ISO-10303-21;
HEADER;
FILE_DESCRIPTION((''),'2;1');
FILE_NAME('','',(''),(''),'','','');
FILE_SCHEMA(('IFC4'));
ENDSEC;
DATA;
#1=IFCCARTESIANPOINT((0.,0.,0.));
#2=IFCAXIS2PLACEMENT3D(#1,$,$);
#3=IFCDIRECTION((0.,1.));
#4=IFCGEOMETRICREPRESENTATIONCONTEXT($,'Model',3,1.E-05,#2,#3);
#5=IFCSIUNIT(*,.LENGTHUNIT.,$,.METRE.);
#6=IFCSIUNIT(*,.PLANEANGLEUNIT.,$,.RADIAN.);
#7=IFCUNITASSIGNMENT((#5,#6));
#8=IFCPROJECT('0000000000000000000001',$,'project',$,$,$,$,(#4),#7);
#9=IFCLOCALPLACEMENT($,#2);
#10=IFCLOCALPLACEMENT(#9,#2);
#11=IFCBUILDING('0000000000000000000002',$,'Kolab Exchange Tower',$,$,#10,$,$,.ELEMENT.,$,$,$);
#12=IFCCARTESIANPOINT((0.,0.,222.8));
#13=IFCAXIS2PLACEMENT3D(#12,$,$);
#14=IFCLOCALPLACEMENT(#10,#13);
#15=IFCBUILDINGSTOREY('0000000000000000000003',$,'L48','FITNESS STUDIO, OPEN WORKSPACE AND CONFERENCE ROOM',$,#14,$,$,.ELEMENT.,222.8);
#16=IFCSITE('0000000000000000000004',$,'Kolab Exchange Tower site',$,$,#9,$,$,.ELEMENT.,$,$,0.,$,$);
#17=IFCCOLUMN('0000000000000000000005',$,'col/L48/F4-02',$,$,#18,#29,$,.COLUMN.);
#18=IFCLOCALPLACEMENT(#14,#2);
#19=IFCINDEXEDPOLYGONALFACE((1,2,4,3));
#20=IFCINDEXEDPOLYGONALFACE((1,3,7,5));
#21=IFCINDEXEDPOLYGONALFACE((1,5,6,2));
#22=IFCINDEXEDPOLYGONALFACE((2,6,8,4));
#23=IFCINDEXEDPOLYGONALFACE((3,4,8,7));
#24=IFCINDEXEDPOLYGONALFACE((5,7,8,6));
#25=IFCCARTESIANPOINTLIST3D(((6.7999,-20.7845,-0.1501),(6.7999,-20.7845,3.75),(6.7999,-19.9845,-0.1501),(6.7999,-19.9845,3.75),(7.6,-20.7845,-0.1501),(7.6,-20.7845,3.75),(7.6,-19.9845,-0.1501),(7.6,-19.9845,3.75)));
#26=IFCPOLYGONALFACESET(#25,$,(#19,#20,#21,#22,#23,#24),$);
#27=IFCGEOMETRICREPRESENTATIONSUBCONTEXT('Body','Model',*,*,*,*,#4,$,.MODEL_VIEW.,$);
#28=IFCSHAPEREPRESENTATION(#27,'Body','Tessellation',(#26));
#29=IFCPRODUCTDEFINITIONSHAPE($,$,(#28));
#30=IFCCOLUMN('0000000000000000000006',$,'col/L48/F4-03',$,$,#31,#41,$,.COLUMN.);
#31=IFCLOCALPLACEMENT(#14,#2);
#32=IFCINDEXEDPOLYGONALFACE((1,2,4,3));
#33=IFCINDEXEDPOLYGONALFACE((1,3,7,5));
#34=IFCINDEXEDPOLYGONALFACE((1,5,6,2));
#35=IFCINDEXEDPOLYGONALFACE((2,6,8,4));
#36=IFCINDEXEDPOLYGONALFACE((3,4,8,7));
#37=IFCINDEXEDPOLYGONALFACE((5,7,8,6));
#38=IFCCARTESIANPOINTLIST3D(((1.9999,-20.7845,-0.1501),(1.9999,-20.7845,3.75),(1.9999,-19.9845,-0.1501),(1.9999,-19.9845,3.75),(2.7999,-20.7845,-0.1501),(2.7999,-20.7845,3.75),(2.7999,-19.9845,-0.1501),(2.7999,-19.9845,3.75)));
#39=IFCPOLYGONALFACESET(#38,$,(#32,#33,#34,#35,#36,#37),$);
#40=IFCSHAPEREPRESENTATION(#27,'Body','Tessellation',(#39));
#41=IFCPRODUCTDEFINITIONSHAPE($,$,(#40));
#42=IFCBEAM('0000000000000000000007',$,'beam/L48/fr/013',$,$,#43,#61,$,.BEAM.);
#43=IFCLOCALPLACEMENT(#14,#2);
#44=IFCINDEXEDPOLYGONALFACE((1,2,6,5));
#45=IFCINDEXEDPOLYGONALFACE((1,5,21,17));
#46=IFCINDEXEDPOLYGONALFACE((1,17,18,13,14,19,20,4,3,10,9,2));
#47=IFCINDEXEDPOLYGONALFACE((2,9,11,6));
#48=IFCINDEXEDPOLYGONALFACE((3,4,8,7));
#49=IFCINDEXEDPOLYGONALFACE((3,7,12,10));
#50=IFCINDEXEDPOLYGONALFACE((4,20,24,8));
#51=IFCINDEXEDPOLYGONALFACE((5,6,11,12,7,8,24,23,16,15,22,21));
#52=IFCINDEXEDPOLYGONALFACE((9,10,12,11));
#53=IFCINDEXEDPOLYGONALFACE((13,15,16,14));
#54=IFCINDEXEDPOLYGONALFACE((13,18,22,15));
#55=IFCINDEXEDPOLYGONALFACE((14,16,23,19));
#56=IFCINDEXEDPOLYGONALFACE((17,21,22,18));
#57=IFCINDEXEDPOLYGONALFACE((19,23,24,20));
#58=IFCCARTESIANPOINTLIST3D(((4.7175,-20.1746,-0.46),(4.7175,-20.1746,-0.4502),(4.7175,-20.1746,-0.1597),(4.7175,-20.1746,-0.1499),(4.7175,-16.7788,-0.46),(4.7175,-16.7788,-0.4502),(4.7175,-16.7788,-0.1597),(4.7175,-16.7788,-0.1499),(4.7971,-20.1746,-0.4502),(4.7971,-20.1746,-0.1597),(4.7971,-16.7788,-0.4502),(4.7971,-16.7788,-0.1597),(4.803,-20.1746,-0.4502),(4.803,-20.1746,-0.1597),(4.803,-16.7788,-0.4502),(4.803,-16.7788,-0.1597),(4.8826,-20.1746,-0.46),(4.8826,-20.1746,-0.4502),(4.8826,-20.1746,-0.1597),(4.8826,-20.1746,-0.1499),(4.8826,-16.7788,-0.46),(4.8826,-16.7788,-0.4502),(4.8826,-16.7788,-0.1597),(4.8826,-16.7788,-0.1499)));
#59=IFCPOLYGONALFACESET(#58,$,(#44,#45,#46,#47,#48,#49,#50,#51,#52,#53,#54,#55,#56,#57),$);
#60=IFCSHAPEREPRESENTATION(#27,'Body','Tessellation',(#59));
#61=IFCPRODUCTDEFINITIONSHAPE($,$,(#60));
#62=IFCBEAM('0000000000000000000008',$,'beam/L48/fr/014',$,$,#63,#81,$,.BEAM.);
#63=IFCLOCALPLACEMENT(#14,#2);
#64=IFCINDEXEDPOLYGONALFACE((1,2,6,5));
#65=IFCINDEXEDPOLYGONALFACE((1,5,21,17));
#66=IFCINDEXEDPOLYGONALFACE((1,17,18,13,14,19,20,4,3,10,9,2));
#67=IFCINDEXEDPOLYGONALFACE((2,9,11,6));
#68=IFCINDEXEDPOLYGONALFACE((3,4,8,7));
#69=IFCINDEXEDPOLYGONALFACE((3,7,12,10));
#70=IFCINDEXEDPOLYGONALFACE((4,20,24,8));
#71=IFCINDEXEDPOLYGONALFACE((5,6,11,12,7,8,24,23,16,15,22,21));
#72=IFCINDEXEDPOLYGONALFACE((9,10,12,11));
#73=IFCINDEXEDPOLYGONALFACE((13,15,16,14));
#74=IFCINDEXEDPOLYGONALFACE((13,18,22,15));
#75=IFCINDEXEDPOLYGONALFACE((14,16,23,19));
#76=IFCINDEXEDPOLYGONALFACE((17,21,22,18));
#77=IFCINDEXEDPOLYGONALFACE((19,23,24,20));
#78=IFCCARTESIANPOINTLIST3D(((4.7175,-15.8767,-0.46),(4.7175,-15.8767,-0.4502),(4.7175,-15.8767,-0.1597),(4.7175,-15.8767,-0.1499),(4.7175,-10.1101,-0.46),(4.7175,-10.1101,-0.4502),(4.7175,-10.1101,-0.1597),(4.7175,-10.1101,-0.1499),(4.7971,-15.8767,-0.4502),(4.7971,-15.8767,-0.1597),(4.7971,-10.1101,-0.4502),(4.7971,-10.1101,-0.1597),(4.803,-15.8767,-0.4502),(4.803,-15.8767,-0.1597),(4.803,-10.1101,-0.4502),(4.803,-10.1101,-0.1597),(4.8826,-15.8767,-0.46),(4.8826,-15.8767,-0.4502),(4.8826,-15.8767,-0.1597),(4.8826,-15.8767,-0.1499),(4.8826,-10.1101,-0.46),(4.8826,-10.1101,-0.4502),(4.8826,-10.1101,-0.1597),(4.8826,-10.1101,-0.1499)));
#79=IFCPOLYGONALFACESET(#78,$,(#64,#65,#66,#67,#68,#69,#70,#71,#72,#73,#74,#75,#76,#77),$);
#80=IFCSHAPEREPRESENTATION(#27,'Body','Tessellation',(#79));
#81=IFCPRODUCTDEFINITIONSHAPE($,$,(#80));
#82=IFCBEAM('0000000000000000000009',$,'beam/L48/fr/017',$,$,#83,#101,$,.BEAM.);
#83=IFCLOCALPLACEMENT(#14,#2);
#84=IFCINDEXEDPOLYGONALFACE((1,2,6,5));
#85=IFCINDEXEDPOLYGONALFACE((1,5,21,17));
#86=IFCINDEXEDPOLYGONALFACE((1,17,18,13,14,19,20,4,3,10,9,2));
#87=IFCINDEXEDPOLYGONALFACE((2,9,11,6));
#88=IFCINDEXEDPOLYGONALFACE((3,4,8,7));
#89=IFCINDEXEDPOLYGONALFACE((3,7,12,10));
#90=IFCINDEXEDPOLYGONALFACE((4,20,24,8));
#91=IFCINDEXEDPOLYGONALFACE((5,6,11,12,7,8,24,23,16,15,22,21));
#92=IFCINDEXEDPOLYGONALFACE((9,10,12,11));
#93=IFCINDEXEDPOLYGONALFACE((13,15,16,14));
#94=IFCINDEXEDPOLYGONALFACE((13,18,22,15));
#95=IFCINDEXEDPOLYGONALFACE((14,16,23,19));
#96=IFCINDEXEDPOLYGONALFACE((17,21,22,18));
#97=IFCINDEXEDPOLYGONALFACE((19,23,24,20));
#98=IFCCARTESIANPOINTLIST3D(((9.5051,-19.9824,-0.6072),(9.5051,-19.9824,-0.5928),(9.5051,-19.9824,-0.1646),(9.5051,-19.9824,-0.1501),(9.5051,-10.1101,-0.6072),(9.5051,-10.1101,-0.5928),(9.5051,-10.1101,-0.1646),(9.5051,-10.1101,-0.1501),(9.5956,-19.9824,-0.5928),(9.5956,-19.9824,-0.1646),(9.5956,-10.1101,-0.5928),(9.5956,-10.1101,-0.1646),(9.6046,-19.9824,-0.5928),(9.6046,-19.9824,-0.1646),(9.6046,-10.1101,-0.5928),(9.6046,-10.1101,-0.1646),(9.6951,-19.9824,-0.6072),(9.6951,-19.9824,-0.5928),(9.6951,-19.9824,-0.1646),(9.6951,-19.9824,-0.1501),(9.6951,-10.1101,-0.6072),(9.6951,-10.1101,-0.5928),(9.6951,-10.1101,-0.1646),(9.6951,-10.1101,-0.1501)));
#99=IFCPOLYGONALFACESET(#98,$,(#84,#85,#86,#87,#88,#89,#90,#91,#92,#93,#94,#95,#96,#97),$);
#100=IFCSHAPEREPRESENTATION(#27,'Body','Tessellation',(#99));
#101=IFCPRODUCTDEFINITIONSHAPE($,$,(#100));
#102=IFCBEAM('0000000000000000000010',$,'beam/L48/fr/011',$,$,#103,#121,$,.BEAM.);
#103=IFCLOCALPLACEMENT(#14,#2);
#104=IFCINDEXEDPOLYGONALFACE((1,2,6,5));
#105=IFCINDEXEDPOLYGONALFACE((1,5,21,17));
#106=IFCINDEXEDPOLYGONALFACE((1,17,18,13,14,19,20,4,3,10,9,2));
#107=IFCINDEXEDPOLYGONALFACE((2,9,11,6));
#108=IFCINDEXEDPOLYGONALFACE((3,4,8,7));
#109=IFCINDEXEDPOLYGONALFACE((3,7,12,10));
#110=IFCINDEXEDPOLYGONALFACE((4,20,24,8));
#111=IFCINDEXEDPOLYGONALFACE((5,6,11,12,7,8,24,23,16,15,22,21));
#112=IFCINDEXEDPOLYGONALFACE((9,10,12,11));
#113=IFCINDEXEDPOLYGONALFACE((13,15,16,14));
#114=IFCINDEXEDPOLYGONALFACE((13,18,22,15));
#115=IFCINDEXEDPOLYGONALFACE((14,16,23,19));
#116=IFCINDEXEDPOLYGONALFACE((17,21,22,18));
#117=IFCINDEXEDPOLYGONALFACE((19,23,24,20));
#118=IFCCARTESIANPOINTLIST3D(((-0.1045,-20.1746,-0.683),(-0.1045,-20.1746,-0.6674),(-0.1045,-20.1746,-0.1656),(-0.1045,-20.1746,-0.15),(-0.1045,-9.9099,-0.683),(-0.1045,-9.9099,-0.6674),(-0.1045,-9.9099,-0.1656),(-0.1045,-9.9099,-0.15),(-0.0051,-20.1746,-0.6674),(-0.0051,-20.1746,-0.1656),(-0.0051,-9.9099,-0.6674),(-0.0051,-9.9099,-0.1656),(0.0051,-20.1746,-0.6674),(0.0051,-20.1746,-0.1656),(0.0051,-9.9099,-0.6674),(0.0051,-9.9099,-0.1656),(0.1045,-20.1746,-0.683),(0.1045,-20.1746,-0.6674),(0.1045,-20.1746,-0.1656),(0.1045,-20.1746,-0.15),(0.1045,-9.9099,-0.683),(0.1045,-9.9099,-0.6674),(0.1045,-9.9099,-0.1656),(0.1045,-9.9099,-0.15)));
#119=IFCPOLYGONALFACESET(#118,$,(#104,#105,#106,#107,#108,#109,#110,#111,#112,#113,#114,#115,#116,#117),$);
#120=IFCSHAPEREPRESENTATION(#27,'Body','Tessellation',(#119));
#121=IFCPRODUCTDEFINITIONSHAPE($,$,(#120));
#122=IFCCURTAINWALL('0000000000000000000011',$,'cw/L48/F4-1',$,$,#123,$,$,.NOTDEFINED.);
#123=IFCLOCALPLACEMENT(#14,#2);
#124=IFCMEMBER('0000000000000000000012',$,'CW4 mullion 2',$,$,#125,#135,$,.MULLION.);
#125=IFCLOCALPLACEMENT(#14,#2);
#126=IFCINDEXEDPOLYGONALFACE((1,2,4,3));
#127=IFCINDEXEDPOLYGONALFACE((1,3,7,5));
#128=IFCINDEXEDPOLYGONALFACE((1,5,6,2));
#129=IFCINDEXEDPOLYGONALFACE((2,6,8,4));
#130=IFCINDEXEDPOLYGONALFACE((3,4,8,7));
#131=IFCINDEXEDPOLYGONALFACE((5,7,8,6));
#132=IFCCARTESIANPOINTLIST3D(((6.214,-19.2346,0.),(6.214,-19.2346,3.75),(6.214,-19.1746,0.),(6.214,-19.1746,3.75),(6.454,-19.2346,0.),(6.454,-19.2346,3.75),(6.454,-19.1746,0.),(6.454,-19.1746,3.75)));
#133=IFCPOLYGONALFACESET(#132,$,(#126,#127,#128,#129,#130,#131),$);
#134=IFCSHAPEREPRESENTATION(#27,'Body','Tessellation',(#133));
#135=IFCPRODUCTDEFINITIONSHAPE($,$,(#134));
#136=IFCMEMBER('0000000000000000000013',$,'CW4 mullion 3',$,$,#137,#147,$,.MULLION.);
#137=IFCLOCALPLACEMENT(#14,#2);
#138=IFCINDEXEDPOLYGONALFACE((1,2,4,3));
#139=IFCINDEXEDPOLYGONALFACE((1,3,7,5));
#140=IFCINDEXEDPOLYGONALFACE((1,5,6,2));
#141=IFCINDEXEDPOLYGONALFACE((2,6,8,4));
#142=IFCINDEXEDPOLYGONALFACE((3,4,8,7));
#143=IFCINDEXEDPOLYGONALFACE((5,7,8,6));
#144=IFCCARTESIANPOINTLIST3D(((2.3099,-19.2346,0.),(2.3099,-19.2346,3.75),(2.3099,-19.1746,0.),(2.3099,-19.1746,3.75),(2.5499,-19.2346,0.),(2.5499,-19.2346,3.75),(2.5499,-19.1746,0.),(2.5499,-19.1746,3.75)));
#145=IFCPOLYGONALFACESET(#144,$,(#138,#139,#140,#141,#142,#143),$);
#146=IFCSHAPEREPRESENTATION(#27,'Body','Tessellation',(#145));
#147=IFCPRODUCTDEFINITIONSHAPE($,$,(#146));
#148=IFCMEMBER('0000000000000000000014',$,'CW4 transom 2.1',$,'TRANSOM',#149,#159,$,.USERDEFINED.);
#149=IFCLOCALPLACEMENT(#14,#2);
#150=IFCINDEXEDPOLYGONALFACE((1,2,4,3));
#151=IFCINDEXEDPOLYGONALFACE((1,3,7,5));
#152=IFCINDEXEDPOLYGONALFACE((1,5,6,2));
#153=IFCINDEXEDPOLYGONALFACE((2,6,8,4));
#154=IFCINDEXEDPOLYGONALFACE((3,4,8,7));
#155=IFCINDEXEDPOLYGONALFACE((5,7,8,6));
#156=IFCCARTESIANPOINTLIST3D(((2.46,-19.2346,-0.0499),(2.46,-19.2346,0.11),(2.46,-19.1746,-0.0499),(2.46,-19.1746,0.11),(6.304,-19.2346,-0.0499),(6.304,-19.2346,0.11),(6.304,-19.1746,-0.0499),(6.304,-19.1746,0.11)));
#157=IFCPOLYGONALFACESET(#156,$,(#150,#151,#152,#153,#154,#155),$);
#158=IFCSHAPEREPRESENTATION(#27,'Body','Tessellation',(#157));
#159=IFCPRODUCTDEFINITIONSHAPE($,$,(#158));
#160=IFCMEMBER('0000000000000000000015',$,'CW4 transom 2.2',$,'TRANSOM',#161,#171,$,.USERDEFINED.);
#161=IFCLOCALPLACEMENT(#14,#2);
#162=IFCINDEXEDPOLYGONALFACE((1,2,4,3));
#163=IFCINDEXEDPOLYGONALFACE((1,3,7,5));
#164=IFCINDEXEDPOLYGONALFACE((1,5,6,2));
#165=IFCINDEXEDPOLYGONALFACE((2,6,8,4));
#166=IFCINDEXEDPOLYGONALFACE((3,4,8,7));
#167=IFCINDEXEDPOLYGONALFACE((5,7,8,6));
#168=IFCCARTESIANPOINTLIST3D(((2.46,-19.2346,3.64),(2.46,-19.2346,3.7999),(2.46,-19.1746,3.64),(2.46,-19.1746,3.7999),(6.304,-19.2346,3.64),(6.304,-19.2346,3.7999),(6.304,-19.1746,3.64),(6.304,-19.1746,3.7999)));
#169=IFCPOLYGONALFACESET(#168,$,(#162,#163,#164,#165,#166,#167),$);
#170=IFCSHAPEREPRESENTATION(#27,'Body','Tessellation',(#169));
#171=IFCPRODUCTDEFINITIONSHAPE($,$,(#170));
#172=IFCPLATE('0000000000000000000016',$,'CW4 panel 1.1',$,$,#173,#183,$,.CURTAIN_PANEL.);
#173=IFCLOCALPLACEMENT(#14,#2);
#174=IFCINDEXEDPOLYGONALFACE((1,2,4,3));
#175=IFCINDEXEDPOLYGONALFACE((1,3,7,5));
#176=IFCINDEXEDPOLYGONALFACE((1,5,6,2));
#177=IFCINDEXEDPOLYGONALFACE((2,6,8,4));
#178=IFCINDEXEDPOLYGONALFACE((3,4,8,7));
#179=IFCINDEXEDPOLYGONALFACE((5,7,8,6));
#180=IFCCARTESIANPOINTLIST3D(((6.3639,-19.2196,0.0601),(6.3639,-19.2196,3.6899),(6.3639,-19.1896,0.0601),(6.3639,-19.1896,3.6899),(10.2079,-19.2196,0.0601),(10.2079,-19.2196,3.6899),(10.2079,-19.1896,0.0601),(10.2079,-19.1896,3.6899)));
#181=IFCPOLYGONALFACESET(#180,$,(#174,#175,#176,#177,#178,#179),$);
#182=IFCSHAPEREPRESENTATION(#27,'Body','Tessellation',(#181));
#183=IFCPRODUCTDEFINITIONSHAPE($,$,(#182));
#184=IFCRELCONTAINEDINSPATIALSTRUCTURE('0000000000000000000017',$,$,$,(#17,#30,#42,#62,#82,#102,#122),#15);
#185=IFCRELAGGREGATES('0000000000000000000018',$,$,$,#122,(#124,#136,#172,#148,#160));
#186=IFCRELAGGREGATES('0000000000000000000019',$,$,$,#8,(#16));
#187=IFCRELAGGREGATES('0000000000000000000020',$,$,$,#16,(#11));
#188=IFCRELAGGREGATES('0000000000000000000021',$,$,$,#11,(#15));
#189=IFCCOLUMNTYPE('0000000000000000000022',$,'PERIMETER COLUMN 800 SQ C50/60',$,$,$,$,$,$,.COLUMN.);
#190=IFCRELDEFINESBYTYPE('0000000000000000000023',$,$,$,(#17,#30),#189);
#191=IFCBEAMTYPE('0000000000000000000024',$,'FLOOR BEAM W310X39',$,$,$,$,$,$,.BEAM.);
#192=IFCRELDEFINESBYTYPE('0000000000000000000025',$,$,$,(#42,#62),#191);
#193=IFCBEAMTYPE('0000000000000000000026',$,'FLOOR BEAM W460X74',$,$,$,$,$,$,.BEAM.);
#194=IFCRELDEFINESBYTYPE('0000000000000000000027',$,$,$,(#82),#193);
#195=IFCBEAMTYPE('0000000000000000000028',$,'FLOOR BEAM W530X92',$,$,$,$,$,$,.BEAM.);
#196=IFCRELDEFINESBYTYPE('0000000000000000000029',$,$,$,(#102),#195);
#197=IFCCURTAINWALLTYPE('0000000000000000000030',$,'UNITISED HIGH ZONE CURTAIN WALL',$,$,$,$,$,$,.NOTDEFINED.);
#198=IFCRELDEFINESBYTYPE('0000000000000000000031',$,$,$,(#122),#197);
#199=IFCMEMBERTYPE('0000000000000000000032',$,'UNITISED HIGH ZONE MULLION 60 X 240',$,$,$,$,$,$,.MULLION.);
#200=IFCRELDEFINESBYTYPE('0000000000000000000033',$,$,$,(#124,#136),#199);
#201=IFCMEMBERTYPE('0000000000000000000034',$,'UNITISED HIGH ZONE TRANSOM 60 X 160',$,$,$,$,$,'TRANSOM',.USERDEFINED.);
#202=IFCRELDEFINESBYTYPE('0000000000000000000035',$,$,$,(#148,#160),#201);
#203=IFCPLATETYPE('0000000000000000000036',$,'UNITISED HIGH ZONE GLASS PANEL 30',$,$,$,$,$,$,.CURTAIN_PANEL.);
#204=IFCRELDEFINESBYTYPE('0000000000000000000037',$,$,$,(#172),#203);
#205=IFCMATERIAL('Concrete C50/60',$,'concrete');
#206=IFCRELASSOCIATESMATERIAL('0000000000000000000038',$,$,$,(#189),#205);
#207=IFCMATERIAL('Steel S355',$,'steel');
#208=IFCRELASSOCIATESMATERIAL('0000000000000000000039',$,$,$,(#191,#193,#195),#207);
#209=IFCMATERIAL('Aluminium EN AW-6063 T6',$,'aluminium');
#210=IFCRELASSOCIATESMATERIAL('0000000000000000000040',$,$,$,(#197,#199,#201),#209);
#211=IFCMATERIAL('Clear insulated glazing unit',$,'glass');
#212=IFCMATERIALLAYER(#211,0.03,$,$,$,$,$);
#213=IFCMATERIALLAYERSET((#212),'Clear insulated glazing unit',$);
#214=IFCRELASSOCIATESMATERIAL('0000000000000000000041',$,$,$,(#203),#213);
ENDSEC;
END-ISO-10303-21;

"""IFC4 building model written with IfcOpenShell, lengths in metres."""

from ifc_helpers import new_model, si_unit, direction, frame, origin, origin_2d, place, context, subcontext, project, spatial, rectangle, i_section, extrude, material, layer, layer_set, material_profile, profile_set, type_object, element, aggregate, save


model = new_model("IFC4")

# Units and contexts
model_context = context("Model", 3, precision=1e-05, world=origin(), true_north=direction((0.0, 1.0)))
body_context = subcontext(model_context, "Body", "Model", "MODEL_VIEW")
ifc_project = project(units=[si_unit("LENGTHUNIT", "METRE"), si_unit("PLANEANGLEUNIT", "RADIAN")], contexts=[model_context])

# Site, building, storey
site_placement = place(None, origin())
site = spatial("IfcSite", under=ifc_project, at=site_placement, Name="Kolab Exchange Tower site", CompositionType="ELEMENT", RefElevation=0.0)
building_placement = place(site_placement, origin())
building = spatial("IfcBuilding", under=site, at=building_placement, Name="Kolab Exchange Tower", CompositionType="ELEMENT")
storey_placement = place(building_placement, frame((0.0, 0.0, 222.8)))
storey = spatial("IfcBuildingStorey", under=building, at=storey_placement, Name="L48", Description="FITNESS STUDIO, OPEN WORKSPACE AND CONFERENCE ROOM", CompositionType="ELEMENT", Elevation=222.8)

# Columns
ifc_material_1 = material(Name="Concrete C50/60", Category="concrete")
ifc_material_profile_1 = material_profile(ifc_material_1, rectangle(XDim=0.8, YDim=0.8, at=origin_2d()), Name="RC800")
ifc_profile_set_1 = profile_set([ifc_material_profile_1], Name="Concrete C50/60")
column_type = type_object("IfcColumnType", Name="PERIMETER COLUMN 800 SQ C50/60", PredefinedType="COLUMN", material=ifc_profile_set_1)
for number, where, z_axis, x_axis, name in (
    (1, (7.2, -20.3845, -0.1501), (0.0, 0.0, 1.0), (1.0, 0.0, 0.0), "col/L48/F4-02"),
    (2, (2.3999, -20.3845, -0.1501), (0.0, 0.0, 1.0), (1.0, 0.0, 0.0), "col/L48/F4-03"),
):
    element("IfcColumn", number, at=place(storey_placement, frame(where, z_axis=z_axis, x_axis=x_axis)), inside=storey, type_object=column_type, Name=name, PredefinedType="COLUMN", context=body_context, shape_type="SweptSolid", body=[
        extrude(rectangle(XDim=0.8, YDim=0.8, at=origin_2d()), origin(), (0.0, 0.0, 1.0), 3.9001),
    ])

# Beams
ifc_material_2 = material(Name="Steel S355", Category="steel")
ifc_material_profile_2 = material_profile(ifc_material_2, i_section(OverallWidth=0.165, OverallDepth=0.3101, WebThickness=0.0059, FlangeThickness=0.0098, at=origin_2d()), Name="W310X39")
ifc_profile_set_2 = profile_set([ifc_material_profile_2], Name="Steel S355")
beam_type_1 = type_object("IfcBeamType", Name="FLOOR BEAM W310X39", PredefinedType="BEAM", material=ifc_profile_set_2)
beam_1_placement = place(storey_placement, frame((4.8, -20.1746, -0.3049), z_axis=(0.0, 1.0, 0.0), x_axis=(-1.0, 0.0, 0.0)))
element("IfcBeam", 3, at=beam_1_placement, inside=storey, type_object=beam_type_1, Name="beam/L48/fr/013", PredefinedType="BEAM", context=body_context, shape_type="SweptSolid", body=[
    extrude(i_section(OverallWidth=0.165, OverallDepth=0.3101, WebThickness=0.0059, FlangeThickness=0.0098, at=origin_2d()), origin(), (0.0, 0.0, 1.0), 3.3958),
])
beam_2_placement = place(storey_placement, frame((4.8, -15.8767, -0.3049), z_axis=(0.0, 1.0, 0.0), x_axis=(-1.0, 0.0, 0.0)))
element("IfcBeam", 4, at=beam_2_placement, inside=storey, type_object=beam_type_1, Name="beam/L48/fr/014", PredefinedType="BEAM", context=body_context, shape_type="SweptSolid", body=[
    extrude(i_section(OverallWidth=0.165, OverallDepth=0.3101, WebThickness=0.0059, FlangeThickness=0.0098, at=origin_2d()), origin(), (0.0, 0.0, 1.0), 5.7666),
])
ifc_material_profile_3 = material_profile(ifc_material_2, i_section(OverallWidth=0.1899, OverallDepth=0.457, WebThickness=0.009, FlangeThickness=0.0144, at=origin_2d()), Name="W460X74")
ifc_profile_set_3 = profile_set([ifc_material_profile_3], Name="Steel S355")
beam_type_2 = type_object("IfcBeamType", Name="FLOOR BEAM W460X74", PredefinedType="BEAM", material=ifc_profile_set_3)
beam_3_placement = place(storey_placement, frame((9.6001, -19.9824, -0.3787), z_axis=(0.0, 1.0, 0.0), x_axis=(-1.0, 0.0, 0.0)))
element("IfcBeam", 5, at=beam_3_placement, inside=storey, type_object=beam_type_2, Name="beam/L48/fr/017", PredefinedType="BEAM", context=body_context, shape_type="SweptSolid", body=[
    extrude(i_section(OverallWidth=0.1899, OverallDepth=0.457, WebThickness=0.009, FlangeThickness=0.0144, at=origin_2d()), origin(), (0.0, 0.0, 1.0), 9.8723),
])
ifc_material_profile_4 = material_profile(ifc_material_2, i_section(OverallWidth=0.209, OverallDepth=0.533, WebThickness=0.0103, FlangeThickness=0.0156, at=origin_2d()), Name="W530X92")
ifc_profile_set_4 = profile_set([ifc_material_profile_4], Name="Steel S355")
beam_type_3 = type_object("IfcBeamType", Name="FLOOR BEAM W530X92", PredefinedType="BEAM", material=ifc_profile_set_4)
beam_4_placement = place(storey_placement, frame((0.0, -20.1746, -0.4165), z_axis=(0.0, 1.0, 0.0), x_axis=(-1.0, 0.0, 0.0)))
element("IfcBeam", 6, at=beam_4_placement, inside=storey, type_object=beam_type_3, Name="beam/L48/fr/011", PredefinedType="BEAM", context=body_context, shape_type="SweptSolid", body=[
    extrude(i_section(OverallWidth=0.209, OverallDepth=0.533, WebThickness=0.0103, FlangeThickness=0.0156, at=origin_2d()), origin(), (0.0, 0.0, 1.0), 10.2646),
])

# Curtain wall, members, plate
ifc_material_3 = material(Name="Aluminium EN AW-6063 T6", Category="aluminium")
curtain_wall_type = type_object("IfcCurtainWallType", Name="UNITISED HIGH ZONE CURTAIN WALL", PredefinedType="NOTDEFINED", material=ifc_material_3)
curtain_wall_placement = place(storey_placement, origin())
curtain_wall = element("IfcCurtainWall", 7, at=curtain_wall_placement, inside=storey, type_object=curtain_wall_type, Name="cw/L48/F4-1", PredefinedType="NOTDEFINED")
ifc_material_profile_5 = material_profile(ifc_material_3, rectangle(XDim=0.0601, YDim=0.24, at=origin_2d()), Name="RECT 60X240")
ifc_profile_set_5 = profile_set([ifc_material_profile_5], Name="Aluminium EN AW-6063 T6")
member_type_1 = type_object("IfcMemberType", Name="UNITISED HIGH ZONE MULLION 60 X 240", PredefinedType="MULLION", material=ifc_profile_set_5)
member_1_placement = place(storey_placement, frame((6.334, -19.2046, 0.0), z_axis=(0.0, 0.0, 1.0), x_axis=(0.0, -1.0, 0.0)))
member_1 = element("IfcMember", 8, at=member_1_placement, type_object=member_type_1, Name="CW4 mullion 2", PredefinedType="MULLION", context=body_context, shape_type="SweptSolid", body=[
    extrude(rectangle(XDim=0.0601, YDim=0.24, at=origin_2d()), origin(), (0.0, 0.0, 1.0), 3.75),
])
member_2_placement = place(storey_placement, frame((2.4299, -19.2046, 0.0), z_axis=(0.0, 0.0, 1.0), x_axis=(0.0, -1.0, 0.0)))
member_2 = element("IfcMember", 9, at=member_2_placement, type_object=member_type_1, Name="CW4 mullion 3", PredefinedType="MULLION", context=body_context, shape_type="SweptSolid", body=[
    extrude(rectangle(XDim=0.0601, YDim=0.24, at=origin_2d()), origin(), (0.0, 0.0, 1.0), 3.75),
])
ifc_material_profile_6 = material_profile(ifc_material_3, rectangle(XDim=0.0601, YDim=0.1599, at=origin_2d()), Name="RECT 60X160")
ifc_profile_set_6 = profile_set([ifc_material_profile_6], Name="Aluminium EN AW-6063 T6")
member_type_2 = type_object("IfcMemberType", Name="UNITISED HIGH ZONE TRANSOM 60 X 160", ElementType="TRANSOM", PredefinedType="USERDEFINED", material=ifc_profile_set_6)
member_3_placement = place(storey_placement, frame((6.304, -19.2046, 0.03), z_axis=(-1.0, 0.0, 0.0), x_axis=(0.0, -1.0, 0.0)))
member_3 = element("IfcMember", 10, at=member_3_placement, type_object=member_type_2, Name="CW4 transom 2.1", ObjectType="TRANSOM", PredefinedType="USERDEFINED", context=body_context, shape_type="SweptSolid", body=[
    extrude(rectangle(XDim=0.0601, YDim=0.1599, at=origin_2d()), origin(), (0.0, 0.0, 1.0), 3.844),
])
member_4_placement = place(storey_placement, frame((6.304, -19.2046, 3.72), z_axis=(-1.0, 0.0, 0.0), x_axis=(0.0, -1.0, 0.0)))
member_4 = element("IfcMember", 11, at=member_4_placement, type_object=member_type_2, Name="CW4 transom 2.2", ObjectType="TRANSOM", PredefinedType="USERDEFINED", context=body_context, shape_type="SweptSolid", body=[
    extrude(rectangle(XDim=0.0601, YDim=0.1599, at=origin_2d()), origin(), (0.0, 0.0, 1.0), 3.844),
])
ifc_material_4 = material(Name="Clear insulated glazing unit", Category="glass")
ifc_layer_1 = layer(ifc_material_4, 0.03)
ifc_layer_set_1 = layer_set([ifc_layer_1], Name="Clear insulated glazing unit")
plate_type = type_object("IfcPlateType", Name="UNITISED HIGH ZONE GLASS PANEL 30", PredefinedType="CURTAIN_PANEL", material=ifc_layer_set_1)
plate_1_placement = place(storey_placement, frame((8.2859, -19.2046, 0.0601), z_axis=(0.0, 0.0, 1.0), x_axis=(-1.0, 0.0, 0.0)))
plate_1 = element("IfcPlate", 12, at=plate_1_placement, type_object=plate_type, Name="CW4 panel 1.1", PredefinedType="CURTAIN_PANEL", context=body_context, shape_type="SweptSolid", body=[
    extrude(rectangle(XDim=3.844, YDim=0.03, at=origin_2d()), origin(), (0.0, 0.0, 1.0), 3.6299),
])
aggregate(curtain_wall, [member_1, member_2, plate_1, member_3, member_4])

save(model, "model.ifc")
